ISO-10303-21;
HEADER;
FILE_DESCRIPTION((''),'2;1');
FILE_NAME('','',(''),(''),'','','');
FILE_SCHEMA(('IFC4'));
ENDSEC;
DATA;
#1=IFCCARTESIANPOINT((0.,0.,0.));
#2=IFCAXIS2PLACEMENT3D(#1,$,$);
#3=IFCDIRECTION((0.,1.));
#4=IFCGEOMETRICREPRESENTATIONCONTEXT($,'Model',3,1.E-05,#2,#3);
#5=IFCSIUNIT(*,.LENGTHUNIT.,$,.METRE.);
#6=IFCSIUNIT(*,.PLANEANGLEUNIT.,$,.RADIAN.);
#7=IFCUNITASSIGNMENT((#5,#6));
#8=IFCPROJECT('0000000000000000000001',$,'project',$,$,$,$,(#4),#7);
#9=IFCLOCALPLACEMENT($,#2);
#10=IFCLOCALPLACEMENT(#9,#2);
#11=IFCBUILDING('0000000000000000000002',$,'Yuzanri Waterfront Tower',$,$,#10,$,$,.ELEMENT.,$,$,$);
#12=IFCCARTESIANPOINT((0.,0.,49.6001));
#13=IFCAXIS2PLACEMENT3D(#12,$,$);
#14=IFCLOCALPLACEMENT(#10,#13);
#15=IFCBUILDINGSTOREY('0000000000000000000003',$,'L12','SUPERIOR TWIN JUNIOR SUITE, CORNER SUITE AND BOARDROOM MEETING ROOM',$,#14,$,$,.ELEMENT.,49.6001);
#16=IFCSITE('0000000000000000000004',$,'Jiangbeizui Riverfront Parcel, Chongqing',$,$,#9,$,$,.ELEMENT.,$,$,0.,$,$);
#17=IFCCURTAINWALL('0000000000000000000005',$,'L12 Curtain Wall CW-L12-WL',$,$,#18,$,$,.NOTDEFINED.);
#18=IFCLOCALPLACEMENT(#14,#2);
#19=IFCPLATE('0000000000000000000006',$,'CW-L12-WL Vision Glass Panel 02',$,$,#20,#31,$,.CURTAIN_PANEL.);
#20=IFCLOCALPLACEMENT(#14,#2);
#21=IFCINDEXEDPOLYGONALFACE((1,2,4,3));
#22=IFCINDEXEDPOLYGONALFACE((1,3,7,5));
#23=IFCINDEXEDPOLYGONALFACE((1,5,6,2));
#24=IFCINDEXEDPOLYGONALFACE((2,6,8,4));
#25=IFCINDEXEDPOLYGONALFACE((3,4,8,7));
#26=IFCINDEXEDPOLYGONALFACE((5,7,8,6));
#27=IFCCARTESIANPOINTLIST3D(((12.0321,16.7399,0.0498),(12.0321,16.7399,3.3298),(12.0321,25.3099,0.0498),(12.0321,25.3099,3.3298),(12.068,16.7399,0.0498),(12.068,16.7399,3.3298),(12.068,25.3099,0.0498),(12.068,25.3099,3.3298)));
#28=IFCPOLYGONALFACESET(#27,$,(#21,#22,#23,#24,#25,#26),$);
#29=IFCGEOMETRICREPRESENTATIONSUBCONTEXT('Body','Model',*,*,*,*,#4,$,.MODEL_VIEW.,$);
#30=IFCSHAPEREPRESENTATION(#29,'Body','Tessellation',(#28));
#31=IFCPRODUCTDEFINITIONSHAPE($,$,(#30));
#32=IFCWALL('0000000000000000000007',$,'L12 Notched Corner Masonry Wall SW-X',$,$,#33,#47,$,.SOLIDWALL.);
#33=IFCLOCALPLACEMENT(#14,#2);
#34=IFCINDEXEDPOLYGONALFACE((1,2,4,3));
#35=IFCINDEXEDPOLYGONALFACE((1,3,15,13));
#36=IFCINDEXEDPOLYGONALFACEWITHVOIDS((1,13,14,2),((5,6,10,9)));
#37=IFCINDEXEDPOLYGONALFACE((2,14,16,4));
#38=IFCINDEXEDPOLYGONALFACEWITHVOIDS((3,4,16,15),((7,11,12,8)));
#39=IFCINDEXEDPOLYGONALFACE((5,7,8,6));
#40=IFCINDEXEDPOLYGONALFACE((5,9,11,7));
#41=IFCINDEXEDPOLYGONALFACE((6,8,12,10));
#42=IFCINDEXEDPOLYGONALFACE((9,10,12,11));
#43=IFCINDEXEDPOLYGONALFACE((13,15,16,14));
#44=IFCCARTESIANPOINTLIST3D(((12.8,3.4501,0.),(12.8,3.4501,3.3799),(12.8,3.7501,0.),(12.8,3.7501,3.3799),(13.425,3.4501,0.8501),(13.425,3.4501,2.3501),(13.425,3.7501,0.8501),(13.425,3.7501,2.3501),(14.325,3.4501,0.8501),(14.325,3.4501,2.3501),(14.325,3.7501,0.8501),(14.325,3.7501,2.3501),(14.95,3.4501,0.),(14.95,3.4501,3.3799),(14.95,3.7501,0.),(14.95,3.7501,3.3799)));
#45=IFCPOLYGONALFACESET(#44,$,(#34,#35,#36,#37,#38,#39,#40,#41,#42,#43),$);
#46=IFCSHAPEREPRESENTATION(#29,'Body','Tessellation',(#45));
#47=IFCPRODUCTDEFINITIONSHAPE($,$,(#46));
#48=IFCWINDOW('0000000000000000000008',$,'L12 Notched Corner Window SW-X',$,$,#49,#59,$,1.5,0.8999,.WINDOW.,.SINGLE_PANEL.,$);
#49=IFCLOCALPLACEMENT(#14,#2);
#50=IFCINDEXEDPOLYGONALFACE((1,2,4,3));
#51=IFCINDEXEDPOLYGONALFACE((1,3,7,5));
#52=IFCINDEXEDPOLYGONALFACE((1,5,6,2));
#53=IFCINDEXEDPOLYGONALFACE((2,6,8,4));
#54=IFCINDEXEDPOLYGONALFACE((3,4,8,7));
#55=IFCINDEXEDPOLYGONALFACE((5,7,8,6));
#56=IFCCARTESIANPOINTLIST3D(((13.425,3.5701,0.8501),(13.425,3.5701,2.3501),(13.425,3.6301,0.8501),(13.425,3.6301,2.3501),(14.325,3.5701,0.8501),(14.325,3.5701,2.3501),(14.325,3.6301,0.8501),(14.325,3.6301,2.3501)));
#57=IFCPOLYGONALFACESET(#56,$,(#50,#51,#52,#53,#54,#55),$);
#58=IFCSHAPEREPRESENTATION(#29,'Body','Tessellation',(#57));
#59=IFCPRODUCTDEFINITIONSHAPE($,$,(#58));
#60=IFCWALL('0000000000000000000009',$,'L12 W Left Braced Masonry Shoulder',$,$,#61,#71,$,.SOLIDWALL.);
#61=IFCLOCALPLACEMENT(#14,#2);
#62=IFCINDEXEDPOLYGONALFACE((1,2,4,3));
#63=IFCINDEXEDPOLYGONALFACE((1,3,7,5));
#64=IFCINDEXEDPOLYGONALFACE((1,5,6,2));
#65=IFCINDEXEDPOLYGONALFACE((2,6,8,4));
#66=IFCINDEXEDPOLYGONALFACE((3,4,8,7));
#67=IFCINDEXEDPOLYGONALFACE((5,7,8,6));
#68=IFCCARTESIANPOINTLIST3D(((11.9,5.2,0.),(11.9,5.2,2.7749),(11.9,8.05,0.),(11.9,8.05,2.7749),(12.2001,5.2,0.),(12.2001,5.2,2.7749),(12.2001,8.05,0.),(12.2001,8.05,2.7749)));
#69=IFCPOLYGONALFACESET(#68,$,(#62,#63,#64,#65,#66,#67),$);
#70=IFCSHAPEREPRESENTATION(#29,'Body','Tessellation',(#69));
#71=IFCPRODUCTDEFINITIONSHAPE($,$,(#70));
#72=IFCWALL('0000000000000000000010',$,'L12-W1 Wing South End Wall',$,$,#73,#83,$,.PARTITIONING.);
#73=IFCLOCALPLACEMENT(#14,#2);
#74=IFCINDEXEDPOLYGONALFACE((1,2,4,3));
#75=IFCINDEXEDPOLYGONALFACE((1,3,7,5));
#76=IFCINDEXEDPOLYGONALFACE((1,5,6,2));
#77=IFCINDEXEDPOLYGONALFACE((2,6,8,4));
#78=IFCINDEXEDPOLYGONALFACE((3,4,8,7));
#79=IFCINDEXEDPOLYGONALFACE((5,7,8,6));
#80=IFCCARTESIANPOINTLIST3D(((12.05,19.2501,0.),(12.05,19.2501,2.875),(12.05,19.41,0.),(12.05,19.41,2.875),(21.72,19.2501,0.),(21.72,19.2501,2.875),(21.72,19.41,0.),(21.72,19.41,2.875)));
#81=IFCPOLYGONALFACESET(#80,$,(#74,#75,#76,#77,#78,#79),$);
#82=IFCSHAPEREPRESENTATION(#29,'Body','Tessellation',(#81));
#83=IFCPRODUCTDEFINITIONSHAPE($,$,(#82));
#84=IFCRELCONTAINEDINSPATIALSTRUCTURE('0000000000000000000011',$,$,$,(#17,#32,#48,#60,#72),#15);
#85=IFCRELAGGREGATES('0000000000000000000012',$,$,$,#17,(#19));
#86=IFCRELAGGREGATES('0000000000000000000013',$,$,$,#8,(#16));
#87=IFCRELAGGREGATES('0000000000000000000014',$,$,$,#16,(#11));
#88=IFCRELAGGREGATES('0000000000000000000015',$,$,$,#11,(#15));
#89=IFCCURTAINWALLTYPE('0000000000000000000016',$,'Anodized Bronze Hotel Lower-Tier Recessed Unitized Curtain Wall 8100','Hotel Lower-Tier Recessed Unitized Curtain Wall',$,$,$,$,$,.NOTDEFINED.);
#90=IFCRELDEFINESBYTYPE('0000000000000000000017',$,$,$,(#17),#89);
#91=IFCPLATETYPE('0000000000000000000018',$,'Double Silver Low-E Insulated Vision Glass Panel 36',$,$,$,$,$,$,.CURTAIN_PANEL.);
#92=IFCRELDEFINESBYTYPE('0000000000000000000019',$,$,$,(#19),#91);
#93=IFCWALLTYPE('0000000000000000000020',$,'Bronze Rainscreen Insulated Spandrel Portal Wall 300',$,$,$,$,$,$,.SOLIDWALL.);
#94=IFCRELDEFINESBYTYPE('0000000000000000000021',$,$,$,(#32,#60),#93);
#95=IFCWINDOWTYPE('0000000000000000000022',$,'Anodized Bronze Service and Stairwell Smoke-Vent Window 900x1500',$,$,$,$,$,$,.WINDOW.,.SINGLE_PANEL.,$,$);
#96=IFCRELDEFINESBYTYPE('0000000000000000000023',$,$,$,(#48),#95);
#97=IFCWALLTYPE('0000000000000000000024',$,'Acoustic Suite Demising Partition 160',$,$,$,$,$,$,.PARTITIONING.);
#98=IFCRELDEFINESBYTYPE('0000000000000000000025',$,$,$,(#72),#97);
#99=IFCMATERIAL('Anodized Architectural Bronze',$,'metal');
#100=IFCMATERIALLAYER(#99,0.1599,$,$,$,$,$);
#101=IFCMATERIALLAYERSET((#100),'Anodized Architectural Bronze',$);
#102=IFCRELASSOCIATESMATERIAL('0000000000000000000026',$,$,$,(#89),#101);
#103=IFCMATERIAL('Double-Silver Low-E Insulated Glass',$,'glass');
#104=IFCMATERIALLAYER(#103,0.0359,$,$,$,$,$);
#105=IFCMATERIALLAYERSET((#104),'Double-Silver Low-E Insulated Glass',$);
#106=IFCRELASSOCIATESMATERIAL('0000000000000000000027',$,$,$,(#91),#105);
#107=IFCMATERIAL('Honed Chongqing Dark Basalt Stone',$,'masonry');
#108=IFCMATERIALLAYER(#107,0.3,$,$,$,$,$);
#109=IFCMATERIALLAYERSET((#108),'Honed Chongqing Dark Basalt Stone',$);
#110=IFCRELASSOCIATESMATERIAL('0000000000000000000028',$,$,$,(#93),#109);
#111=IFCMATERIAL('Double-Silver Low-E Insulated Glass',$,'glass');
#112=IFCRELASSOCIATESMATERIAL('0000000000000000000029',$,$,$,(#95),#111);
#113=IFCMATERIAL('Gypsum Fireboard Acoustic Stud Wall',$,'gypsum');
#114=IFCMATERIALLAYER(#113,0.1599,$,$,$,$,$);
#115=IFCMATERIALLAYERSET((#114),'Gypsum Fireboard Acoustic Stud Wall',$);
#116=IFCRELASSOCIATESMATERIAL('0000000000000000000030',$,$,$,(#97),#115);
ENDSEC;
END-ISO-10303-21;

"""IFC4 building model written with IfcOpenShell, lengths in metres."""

from ifc_helpers import new_model, si_unit, direction, frame, frame_2d, origin, origin_2d, place, context, subcontext, project, spatial, rectangle, extrude, source, transform, mapped, material, layer, layer_set, type_object, element, fill, aggregate, save


model = new_model("IFC4")

# Units and contexts
model_context = context("Model", 3, precision=1e-05, world=origin(), true_north=direction((0.0, 1.0)))
body_context = subcontext(model_context, "Body", "Model", "MODEL_VIEW")
ifc_project = project(units=[si_unit("LENGTHUNIT", "METRE"), si_unit("PLANEANGLEUNIT", "RADIAN")], contexts=[model_context])

# Site, building, storey
site_placement = place(None, origin())
site = spatial("IfcSite", under=ifc_project, at=site_placement, Name="Jiangbeizui Riverfront Parcel, Chongqing", CompositionType="ELEMENT", RefElevation=0.0)
building_placement = place(site_placement, origin())
building = spatial("IfcBuilding", under=site, at=building_placement, Name="Yuzanri Waterfront Tower", CompositionType="ELEMENT")
storey_placement = place(building_placement, frame((0.0, 0.0, 49.6001)))
storey = spatial("IfcBuildingStorey", under=building, at=storey_placement, Name="L12", Description="SUPERIOR TWIN JUNIOR SUITE, CORNER SUITE AND BOARDROOM MEETING ROOM", CompositionType="ELEMENT", Elevation=49.6001)

# Curtain wall
ifc_material_1 = material(Name="Anodized Architectural Bronze", Category="metal")
ifc_layer_1 = layer(ifc_material_1, 0.1599)
ifc_layer_set_1 = layer_set([ifc_layer_1], Name="Anodized Architectural Bronze")
curtain_wall_type = type_object("IfcCurtainWallType", Name="Anodized Bronze Hotel Lower-Tier Recessed Unitized Curtain Wall 8100", Description="Hotel Lower-Tier Recessed Unitized Curtain Wall", PredefinedType="NOTDEFINED", material=ifc_layer_set_1)
curtain_wall_placement = place(storey_placement, origin())
curtain_wall = element("IfcCurtainWall", 1, at=curtain_wall_placement, inside=storey, type_object=curtain_wall_type, Name="L12 Curtain Wall CW-L12-WL", PredefinedType="NOTDEFINED")

# Plate
ifc_material_2 = material(Name="Double-Silver Low-E Insulated Glass", Category="glass")
ifc_layer_2 = layer(ifc_material_2, 0.0359)
ifc_layer_set_2 = layer_set([ifc_layer_2], Name="Double-Silver Low-E Insulated Glass")
plate_type_1 = type_object("IfcPlateType", Name="Double Silver Low-E Insulated Vision Glass Panel 36", PredefinedType="CURTAIN_PANEL", material=ifc_layer_set_2)
shared_shape_1 = source(origin(), body_context, "Body", "SweptSolid", [
    extrude(rectangle(XDim=8.5701, YDim=0.0359, at=origin_2d()), origin(), (0.0, 0.0, 1.0), 3.28),
])
plate_1_placement = place(storey_placement, frame((12.05, 21.0249, 0.0498), z_axis=(0.0, 0.0, 1.0), x_axis=(0.0, 1.0, 0.0)))
plate_1 = element("IfcPlate", 2, at=plate_1_placement, type_object=plate_type_1, Name="CW-L12-WL Vision Glass Panel 02", PredefinedType="CURTAIN_PANEL", context=body_context, shape_type="MappedRepresentation", body=[
    mapped(shared_shape_1, transform((0.0, 0.0, 0.0), scale=1.0)),
])
aggregate(curtain_wall, [plate_1])

# Wall, opening, window
ifc_material_3 = material(Name="Honed Chongqing Dark Basalt Stone", Category="masonry")
ifc_layer_3 = layer(ifc_material_3, 0.3)
ifc_layer_set_3 = layer_set([ifc_layer_3], Name="Honed Chongqing Dark Basalt Stone")
wall_type_1 = type_object("IfcWallType", Name="Bronze Rainscreen Insulated Spandrel Portal Wall 300", PredefinedType="SOLIDWALL", material=ifc_layer_set_3)
wall_1_placement = place(storey_placement, frame((12.8, 3.6001, 0.0), z_axis=(0.0, 0.0, 1.0), x_axis=(1.0, 0.0, 0.0)))
wall_1 = element("IfcWall", 3, at=wall_1_placement, inside=storey, type_object=wall_type_1, Name="L12 Notched Corner Masonry Wall SW-X", PredefinedType="SOLIDWALL", context=body_context, shape_type="SweptSolid", body=[
    extrude(rectangle(XDim=2.1499, YDim=0.3, at=frame_2d((1.075, 0.0))), origin(), (0.0, 0.0, 1.0), 3.3799),
])
opening_placement = place(wall_1_placement, frame((0.625, 0.0, 0.8501)))
opening = element("IfcOpeningElement", 4, at=opening_placement, cuts=wall_1, PredefinedType="OPENING", context=body_context, shape_type="SweptSolid", body=[
    extrude(rectangle(XDim=0.8999, YDim=1.5, at=frame_2d((0.45, 0.75))), frame((0.0, 0.165, 0.0), z_axis=(0.0, -1.0, 0.0), x_axis=(1.0, 0.0, 0.0)), (0.0, 0.0, 1.0), 0.3298),
])
ifc_material_4 = material(Name="Double-Silver Low-E Insulated Glass", Category="glass")
window_type = type_object("IfcWindowType", Name="Anodized Bronze Service and Stairwell Smoke-Vent Window 900x1500", PartitioningType="SINGLE_PANEL", PredefinedType="WINDOW", material=ifc_material_4)
shared_shape_2 = source(origin(), body_context, "Body", "SweptSolid", [
    extrude(rectangle(XDim=0.8999, YDim=1.5, at=frame_2d((0.45, 0.75))), frame((0.0, 0.03, 0.0), z_axis=(0.0, -1.0, 0.0), x_axis=(1.0, 0.0, 0.0)), (0.0, 0.0, 1.0), 0.0601),
])
window_placement = place(opening_placement, origin())
window = element("IfcWindow", 5, at=window_placement, inside=storey, type_object=window_type, Name="L12 Notched Corner Window SW-X", OverallHeight=1.5, OverallWidth=0.8999, PartitioningType="SINGLE_PANEL", PredefinedType="WINDOW", context=body_context, shape_type="MappedRepresentation", body=[
    mapped(shared_shape_2, transform((0.0, 0.0, 0.0), scale=1.0)),
])
fill(opening, window)

# Walls
shared_shape_3 = source(origin(), body_context, "Body", "SweptSolid", [
    extrude(rectangle(XDim=2.8501, YDim=0.3, at=frame_2d((1.425, 0.0))), origin(), (0.0, 0.0, 1.0), 2.7749),
])
wall_2_placement = place(storey_placement, frame((12.05, 5.2, 0.0), z_axis=(0.0, 0.0, 1.0), x_axis=(0.0, 1.0, 0.0)))
element("IfcWall", 6, at=wall_2_placement, inside=storey, type_object=wall_type_1, Name="L12 W Left Braced Masonry Shoulder", PredefinedType="SOLIDWALL", context=body_context, shape_type="MappedRepresentation", body=[
    mapped(shared_shape_3, transform((0.0, 0.0, 0.0), scale=1.0)),
])
ifc_material_5 = material(Name="Gypsum Fireboard Acoustic Stud Wall", Category="gypsum")
ifc_layer_4 = layer(ifc_material_5, 0.1599)
ifc_layer_set_4 = layer_set([ifc_layer_4], Name="Gypsum Fireboard Acoustic Stud Wall")
wall_type_2 = type_object("IfcWallType", Name="Acoustic Suite Demising Partition 160", PredefinedType="PARTITIONING", material=ifc_layer_set_4)
shared_shape_4 = source(origin(), body_context, "Body", "SweptSolid", [
    extrude(rectangle(XDim=9.6699, YDim=0.1599, at=frame_2d((4.835, 0.0))), origin(), (0.0, 0.0, 1.0), 2.875),
])
wall_3_placement = place(storey_placement, frame((12.05, 19.3301, 0.0), z_axis=(0.0, 0.0, 1.0), x_axis=(1.0, 0.0, 0.0)))
element("IfcWall", 7, at=wall_3_placement, inside=storey, type_object=wall_type_2, Name="L12-W1 Wing South End Wall", PredefinedType="PARTITIONING", context=body_context, shape_type="MappedRepresentation", body=[
    mapped(shared_shape_4, transform((0.0, 0.0, 0.0), scale=1.0)),
])

save(model, "model.ifc")
